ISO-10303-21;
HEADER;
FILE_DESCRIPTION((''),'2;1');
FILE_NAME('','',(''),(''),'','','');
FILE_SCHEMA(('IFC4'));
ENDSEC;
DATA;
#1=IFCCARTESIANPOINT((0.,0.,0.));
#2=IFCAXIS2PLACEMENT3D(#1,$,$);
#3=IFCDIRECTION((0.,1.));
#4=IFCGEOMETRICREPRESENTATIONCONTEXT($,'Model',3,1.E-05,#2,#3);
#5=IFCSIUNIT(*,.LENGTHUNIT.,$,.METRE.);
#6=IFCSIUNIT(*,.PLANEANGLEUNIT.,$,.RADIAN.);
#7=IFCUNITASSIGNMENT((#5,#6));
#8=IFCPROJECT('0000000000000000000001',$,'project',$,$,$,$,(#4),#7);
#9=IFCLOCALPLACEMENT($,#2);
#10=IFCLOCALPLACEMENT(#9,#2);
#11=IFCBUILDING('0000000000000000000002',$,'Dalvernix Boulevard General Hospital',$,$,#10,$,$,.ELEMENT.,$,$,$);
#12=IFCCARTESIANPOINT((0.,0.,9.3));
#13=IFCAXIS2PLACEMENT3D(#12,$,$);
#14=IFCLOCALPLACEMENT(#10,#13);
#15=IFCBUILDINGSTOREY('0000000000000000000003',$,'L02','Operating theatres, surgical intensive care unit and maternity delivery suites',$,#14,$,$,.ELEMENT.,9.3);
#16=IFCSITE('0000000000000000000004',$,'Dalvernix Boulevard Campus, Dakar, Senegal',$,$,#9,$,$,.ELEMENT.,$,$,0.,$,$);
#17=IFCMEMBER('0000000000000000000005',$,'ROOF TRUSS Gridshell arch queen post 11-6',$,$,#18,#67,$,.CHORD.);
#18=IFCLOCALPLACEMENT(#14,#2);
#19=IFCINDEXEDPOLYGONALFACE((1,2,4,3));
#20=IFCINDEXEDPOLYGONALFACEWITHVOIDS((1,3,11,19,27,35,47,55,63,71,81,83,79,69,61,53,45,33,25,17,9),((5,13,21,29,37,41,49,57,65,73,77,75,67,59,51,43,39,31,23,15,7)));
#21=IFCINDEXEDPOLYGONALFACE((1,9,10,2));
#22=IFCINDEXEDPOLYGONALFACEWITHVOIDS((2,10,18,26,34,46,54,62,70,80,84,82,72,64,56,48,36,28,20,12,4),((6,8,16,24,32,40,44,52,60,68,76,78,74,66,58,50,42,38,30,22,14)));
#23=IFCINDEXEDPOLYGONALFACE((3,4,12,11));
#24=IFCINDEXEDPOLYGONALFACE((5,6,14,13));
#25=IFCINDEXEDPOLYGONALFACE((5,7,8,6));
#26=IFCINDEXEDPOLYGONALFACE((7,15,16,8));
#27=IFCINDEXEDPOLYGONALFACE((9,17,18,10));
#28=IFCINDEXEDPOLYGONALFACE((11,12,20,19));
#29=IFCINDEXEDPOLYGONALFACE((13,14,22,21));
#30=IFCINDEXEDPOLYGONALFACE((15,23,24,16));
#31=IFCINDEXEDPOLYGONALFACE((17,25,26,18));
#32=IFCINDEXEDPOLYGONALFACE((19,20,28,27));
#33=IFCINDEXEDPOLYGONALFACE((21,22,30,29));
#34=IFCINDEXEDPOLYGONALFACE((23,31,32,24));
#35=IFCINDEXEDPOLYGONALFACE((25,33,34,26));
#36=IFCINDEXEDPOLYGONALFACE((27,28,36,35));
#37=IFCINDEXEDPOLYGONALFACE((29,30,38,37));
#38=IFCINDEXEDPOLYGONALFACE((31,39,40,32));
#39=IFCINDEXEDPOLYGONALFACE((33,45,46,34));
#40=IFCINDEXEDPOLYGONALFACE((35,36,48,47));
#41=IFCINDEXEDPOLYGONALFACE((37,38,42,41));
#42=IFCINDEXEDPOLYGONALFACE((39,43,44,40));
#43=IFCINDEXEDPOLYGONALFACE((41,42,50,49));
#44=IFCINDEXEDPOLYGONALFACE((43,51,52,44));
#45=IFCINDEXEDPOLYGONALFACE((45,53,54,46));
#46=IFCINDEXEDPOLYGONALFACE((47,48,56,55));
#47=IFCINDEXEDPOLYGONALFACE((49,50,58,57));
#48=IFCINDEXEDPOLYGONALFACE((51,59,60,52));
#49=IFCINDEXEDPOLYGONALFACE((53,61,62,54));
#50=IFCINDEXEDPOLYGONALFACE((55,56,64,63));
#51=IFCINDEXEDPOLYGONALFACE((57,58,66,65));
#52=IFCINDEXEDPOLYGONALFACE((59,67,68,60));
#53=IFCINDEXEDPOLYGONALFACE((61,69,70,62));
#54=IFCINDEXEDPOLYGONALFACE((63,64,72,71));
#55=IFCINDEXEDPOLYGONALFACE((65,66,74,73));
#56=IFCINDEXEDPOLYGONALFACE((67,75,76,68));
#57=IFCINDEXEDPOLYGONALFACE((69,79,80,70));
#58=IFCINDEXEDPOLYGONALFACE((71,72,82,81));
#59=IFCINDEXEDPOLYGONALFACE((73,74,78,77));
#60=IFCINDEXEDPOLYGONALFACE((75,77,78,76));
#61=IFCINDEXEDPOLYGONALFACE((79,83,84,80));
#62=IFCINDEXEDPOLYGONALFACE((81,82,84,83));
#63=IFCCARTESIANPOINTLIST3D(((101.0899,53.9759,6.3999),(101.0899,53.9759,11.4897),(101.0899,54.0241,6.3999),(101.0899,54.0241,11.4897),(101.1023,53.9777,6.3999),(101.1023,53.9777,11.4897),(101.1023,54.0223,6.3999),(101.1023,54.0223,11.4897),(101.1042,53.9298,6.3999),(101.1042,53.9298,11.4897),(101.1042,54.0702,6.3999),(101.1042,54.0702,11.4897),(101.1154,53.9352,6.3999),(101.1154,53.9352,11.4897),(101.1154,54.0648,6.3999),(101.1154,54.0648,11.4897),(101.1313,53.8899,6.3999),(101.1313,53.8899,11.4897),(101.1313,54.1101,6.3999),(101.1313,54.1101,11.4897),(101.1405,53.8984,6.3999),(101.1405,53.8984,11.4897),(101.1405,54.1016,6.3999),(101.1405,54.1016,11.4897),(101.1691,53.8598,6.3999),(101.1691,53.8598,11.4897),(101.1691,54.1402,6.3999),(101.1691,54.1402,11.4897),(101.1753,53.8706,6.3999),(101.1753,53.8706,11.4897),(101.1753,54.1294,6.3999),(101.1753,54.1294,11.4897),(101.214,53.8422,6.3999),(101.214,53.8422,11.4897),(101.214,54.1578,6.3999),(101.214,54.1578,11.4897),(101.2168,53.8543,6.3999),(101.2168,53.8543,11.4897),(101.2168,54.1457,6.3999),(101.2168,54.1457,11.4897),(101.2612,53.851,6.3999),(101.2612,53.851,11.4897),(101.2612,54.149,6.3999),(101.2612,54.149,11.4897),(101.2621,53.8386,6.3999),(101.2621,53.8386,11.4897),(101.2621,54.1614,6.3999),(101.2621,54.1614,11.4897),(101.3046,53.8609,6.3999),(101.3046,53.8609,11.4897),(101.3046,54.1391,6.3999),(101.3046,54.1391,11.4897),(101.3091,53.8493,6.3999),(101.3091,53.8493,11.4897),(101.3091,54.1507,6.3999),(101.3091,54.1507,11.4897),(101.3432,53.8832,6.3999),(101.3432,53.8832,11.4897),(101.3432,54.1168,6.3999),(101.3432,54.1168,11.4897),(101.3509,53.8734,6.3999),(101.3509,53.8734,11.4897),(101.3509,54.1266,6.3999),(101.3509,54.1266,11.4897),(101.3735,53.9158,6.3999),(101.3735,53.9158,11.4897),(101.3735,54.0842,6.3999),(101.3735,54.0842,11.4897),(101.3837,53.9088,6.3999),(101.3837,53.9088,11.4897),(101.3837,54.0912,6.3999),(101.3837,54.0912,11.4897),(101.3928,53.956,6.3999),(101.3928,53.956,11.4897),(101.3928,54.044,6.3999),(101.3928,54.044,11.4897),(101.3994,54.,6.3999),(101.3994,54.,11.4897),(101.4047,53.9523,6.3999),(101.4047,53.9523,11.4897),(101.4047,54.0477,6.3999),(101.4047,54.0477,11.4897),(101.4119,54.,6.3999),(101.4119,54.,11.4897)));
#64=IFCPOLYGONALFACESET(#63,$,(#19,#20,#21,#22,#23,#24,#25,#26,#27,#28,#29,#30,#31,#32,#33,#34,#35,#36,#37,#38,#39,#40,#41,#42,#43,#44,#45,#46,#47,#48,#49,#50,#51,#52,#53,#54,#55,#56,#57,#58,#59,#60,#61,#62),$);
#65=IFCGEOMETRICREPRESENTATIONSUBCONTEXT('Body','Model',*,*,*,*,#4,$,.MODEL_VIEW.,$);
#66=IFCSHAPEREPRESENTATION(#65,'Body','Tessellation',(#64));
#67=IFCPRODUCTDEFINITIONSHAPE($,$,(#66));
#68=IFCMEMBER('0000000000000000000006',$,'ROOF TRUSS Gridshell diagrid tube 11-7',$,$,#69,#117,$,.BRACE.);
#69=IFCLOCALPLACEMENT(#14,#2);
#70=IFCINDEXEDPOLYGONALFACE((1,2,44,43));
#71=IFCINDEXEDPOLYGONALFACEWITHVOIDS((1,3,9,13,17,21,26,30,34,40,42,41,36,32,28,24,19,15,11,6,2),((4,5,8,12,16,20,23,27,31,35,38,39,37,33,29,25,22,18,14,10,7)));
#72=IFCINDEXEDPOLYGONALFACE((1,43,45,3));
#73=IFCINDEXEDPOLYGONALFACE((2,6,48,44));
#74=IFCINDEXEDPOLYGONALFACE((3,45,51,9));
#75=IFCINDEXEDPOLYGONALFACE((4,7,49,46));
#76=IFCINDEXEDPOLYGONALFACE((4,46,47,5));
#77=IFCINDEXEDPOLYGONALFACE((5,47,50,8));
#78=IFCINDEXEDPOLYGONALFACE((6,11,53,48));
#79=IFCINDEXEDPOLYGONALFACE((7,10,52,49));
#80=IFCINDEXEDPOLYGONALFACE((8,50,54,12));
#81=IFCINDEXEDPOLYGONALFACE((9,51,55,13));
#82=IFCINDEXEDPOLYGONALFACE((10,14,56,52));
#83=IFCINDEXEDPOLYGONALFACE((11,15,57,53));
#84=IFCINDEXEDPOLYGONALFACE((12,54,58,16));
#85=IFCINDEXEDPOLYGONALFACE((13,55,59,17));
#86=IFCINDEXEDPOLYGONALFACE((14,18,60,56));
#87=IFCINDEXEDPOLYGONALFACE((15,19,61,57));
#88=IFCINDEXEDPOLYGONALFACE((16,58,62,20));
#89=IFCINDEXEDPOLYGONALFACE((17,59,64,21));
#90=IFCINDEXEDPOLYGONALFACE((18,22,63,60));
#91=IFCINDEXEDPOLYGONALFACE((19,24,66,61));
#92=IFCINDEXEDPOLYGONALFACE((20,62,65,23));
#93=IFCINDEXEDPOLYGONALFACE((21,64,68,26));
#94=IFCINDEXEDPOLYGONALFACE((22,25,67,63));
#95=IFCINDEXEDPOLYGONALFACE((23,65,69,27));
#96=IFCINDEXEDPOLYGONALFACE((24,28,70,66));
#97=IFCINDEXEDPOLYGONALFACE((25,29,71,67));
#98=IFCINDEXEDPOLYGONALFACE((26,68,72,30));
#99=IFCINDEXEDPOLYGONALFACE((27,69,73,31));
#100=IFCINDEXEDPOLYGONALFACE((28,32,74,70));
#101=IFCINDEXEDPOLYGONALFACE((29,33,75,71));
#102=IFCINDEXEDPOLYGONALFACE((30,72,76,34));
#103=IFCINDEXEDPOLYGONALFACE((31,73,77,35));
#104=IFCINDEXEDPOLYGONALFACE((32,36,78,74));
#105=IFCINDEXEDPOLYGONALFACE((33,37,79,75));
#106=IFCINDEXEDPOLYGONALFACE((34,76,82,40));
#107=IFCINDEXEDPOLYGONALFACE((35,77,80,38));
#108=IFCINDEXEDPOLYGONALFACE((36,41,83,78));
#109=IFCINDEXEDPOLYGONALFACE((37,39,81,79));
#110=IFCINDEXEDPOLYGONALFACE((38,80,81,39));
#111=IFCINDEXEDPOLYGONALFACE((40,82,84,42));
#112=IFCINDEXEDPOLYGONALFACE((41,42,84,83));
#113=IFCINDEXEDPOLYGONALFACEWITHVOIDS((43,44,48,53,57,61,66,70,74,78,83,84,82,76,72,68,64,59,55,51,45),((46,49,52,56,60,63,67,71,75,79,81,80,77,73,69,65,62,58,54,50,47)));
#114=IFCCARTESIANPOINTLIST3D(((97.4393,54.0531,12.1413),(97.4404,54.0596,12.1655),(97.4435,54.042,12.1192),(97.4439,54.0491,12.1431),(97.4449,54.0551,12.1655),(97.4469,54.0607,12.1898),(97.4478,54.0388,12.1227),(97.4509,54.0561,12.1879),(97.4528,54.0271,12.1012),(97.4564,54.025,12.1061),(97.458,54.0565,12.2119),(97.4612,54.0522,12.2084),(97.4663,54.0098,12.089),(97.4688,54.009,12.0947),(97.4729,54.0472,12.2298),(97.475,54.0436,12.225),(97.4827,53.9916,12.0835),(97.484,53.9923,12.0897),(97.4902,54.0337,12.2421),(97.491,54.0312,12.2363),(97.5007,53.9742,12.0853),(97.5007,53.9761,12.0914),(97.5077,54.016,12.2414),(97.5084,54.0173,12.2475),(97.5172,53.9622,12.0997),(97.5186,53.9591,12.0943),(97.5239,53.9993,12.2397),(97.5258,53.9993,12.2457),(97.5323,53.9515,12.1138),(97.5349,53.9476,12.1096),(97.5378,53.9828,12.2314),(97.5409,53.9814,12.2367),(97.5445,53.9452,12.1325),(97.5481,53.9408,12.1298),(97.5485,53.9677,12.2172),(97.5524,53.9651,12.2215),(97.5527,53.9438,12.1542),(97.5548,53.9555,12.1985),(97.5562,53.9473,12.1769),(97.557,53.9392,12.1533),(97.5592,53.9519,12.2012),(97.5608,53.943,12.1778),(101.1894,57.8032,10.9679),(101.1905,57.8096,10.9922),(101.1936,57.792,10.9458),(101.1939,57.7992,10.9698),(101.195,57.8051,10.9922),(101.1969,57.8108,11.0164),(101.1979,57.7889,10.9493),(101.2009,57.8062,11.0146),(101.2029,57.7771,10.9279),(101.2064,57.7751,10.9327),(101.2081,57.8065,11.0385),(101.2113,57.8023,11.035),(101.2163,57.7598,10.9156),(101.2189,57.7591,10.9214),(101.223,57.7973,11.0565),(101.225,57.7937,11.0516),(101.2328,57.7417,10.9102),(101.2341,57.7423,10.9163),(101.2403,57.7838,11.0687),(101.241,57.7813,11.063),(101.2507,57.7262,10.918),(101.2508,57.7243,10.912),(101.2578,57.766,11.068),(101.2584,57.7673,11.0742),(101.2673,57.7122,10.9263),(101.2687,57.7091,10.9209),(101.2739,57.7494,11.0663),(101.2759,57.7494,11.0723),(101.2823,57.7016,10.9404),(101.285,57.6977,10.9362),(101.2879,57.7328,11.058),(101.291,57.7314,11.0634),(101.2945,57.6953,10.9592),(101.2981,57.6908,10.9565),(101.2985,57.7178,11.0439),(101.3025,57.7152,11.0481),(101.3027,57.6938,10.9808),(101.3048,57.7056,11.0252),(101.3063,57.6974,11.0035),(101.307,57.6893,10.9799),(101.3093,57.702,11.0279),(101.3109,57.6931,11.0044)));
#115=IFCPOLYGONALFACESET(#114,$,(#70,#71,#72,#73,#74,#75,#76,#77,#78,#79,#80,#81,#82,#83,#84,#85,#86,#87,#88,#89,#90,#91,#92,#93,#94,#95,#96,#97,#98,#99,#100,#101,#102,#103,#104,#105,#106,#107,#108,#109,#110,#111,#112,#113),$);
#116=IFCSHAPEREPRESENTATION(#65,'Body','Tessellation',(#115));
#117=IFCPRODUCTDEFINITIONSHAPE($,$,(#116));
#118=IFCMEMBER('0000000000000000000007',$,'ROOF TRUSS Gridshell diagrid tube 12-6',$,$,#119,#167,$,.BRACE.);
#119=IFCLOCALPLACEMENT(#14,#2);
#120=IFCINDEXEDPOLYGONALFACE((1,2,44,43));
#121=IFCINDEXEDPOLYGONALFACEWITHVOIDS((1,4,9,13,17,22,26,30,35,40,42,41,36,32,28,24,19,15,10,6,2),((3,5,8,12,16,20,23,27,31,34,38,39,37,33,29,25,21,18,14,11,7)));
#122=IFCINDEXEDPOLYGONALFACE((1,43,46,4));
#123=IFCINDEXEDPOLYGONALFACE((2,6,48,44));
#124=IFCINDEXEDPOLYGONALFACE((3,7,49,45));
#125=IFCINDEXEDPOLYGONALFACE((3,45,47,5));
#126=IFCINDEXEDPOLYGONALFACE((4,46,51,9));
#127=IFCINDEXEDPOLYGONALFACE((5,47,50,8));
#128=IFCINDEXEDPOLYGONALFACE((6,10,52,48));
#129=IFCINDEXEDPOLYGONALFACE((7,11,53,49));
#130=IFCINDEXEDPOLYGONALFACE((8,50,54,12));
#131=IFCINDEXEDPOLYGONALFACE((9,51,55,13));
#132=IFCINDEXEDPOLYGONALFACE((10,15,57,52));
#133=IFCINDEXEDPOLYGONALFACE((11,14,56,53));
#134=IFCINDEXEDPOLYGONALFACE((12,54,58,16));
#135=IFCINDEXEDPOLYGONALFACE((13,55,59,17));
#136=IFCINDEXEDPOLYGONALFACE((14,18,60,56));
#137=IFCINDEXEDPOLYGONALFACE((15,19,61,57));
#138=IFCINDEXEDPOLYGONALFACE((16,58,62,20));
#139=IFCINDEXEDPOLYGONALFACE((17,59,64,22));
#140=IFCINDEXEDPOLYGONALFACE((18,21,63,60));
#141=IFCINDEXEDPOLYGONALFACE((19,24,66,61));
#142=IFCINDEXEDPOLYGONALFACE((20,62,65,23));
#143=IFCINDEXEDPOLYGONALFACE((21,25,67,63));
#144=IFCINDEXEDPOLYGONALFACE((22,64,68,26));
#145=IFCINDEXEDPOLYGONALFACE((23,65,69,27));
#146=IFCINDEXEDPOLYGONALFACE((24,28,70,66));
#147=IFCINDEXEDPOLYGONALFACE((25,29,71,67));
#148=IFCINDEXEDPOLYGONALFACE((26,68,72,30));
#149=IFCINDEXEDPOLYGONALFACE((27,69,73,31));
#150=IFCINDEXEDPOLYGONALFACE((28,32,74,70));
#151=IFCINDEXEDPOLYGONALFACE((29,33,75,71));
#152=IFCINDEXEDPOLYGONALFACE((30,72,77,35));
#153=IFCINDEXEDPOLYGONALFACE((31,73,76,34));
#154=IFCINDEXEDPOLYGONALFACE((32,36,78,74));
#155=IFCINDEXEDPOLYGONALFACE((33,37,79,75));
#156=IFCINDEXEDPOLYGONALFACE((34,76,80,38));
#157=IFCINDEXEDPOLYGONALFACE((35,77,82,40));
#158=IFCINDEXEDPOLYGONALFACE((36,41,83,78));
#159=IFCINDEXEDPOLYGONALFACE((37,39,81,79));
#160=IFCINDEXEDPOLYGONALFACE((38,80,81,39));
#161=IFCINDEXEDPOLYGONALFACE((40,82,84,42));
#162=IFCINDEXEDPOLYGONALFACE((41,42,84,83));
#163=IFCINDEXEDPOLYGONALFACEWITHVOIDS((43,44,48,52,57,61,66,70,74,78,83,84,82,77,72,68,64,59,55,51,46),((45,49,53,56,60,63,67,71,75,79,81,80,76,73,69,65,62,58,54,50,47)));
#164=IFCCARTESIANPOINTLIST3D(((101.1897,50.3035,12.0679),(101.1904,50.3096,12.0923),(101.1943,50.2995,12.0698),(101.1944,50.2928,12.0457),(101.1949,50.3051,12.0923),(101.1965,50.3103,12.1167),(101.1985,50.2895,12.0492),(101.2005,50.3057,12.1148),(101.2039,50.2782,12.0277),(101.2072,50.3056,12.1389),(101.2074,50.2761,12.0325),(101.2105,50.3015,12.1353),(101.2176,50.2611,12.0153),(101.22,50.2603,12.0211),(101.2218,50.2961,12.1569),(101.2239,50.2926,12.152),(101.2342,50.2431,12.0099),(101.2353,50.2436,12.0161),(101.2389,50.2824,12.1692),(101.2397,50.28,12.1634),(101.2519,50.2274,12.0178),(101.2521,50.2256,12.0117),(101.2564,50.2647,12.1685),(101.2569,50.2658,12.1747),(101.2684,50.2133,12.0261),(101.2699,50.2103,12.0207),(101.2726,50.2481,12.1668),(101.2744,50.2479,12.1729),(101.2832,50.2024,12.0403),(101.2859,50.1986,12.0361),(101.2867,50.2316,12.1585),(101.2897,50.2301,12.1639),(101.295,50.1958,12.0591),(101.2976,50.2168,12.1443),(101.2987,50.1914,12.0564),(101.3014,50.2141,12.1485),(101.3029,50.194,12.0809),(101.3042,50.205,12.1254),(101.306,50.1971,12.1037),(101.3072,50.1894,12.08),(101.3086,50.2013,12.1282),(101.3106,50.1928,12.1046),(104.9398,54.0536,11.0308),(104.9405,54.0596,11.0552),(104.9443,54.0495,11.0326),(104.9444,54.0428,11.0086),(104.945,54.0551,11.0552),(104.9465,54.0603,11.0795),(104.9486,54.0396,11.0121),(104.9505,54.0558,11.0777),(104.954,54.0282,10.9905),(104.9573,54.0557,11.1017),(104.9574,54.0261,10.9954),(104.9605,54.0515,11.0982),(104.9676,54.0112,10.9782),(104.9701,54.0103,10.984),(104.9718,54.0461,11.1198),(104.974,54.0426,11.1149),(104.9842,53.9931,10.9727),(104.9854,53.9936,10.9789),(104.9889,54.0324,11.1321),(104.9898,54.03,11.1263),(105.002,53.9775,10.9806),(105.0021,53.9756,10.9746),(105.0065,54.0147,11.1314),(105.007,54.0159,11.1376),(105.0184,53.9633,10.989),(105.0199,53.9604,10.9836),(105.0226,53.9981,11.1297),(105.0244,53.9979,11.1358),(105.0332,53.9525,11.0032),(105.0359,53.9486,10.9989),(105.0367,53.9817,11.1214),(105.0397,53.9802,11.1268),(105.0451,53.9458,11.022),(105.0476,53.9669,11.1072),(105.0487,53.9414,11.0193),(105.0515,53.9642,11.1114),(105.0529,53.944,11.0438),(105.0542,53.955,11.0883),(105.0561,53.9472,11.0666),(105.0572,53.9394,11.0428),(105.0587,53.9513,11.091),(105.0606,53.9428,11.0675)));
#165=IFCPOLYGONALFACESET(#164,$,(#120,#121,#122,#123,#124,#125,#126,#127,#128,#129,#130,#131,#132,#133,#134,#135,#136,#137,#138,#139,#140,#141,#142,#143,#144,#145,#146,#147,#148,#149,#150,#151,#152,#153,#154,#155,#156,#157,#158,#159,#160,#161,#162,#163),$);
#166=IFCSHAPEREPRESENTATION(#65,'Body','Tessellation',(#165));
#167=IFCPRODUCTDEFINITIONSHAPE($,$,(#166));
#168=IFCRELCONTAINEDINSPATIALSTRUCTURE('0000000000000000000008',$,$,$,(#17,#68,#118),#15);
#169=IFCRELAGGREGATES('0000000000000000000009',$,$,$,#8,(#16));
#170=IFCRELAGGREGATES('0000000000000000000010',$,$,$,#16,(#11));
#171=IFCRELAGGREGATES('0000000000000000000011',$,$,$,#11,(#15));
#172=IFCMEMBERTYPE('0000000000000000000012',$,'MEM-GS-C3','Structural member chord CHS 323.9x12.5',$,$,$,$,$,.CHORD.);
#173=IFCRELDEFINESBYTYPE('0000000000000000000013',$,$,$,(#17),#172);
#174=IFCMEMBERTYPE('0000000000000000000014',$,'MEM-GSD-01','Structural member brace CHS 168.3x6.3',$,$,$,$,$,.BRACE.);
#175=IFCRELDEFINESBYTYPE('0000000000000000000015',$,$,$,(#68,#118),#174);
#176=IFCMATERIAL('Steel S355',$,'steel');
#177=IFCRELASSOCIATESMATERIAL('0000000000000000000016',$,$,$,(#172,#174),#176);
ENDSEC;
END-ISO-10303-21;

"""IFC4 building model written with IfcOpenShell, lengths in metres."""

from ifc_helpers import new_model, si_unit, direction, frame, origin, origin_2d, place, context, subcontext, project, spatial, hollow_circle, extrude, material, material_profile, profile_set, type_object, element, save


model = new_model("IFC4")

# Units and contexts
model_context = context("Model", 3, precision=1e-05, world=origin(), true_north=direction((0.0, 1.0)))
body_context = subcontext(model_context, "Body", "Model", "MODEL_VIEW")
ifc_project = project(units=[si_unit("LENGTHUNIT", "METRE"), si_unit("PLANEANGLEUNIT", "RADIAN")], contexts=[model_context])

# Site, building, storey
site_placement = place(None, origin())
site = spatial("IfcSite", under=ifc_project, at=site_placement, Name="Dalvernix Boulevard Campus, Dakar, Senegal", CompositionType="ELEMENT", RefElevation=0.0)
building_placement = place(site_placement, origin())
building = spatial("IfcBuilding", under=site, at=building_placement, Name="Dalvernix Boulevard General Hospital", CompositionType="ELEMENT")
storey_placement = place(building_placement, frame((0.0, 0.0, 9.3)))
storey = spatial("IfcBuildingStorey", under=building, at=storey_placement, Name="L02", Description="Operating theatres, surgical intensive care unit and maternity delivery suites", CompositionType="ELEMENT", Elevation=9.3)

# Shared definitions
ifc_material_1 = material(Name="Steel S355", Category="steel")

# Members
ifc_material_profile_1 = material_profile(ifc_material_1, hollow_circle(Radius=0.1619, WallThickness=0.0125, at=origin_2d()), Name="CHS 323.9x12.5")
ifc_profile_set_1 = profile_set([ifc_material_profile_1], Name="Steel S355")
member_type_1 = type_object("IfcMemberType", Name="MEM-GS-C3", Description="Structural member chord CHS 323.9x12.5", PredefinedType="CHORD", material=ifc_profile_set_1)
member_1_placement = place(storey_placement, frame((101.25, 54.0, 6.3999), z_axis=(0.0, 0.0, 1.0), x_axis=(1.0, 0.0, 0.0)))
element("IfcMember", 1, at=member_1_placement, inside=storey, type_object=member_type_1, Name="ROOF TRUSS Gridshell arch queen post 11-6", PredefinedType="CHORD", context=body_context, shape_type="SweptSolid", body=[
    extrude(hollow_circle(Radius=0.1619, WallThickness=0.0125, at=origin_2d()), origin(), (0.0, 0.0, 1.0), 5.0898),
])
ifc_material_profile_2 = material_profile(ifc_material_1, hollow_circle(Radius=0.0842, WallThickness=0.0063, at=origin_2d()), Name="CHS 168.3x6.3")
ifc_profile_set_2 = profile_set([ifc_material_profile_2], Name="Steel S355")
member_type_2 = type_object("IfcMemberType", Name="MEM-GSD-01", Description="Structural member brace CHS 168.3x6.3", PredefinedType="BRACE", material=ifc_profile_set_2)
member_2_placement = place(storey_placement, frame((97.5, 54.0, 12.1655), z_axis=(0.690411, 0.690411, -0.216023), x_axis=(-0.707107, 0.707107, 0.0)))
element("IfcMember", 2, at=member_2_placement, inside=storey, type_object=member_type_2, Name="ROOF TRUSS Gridshell diagrid tube 11-7", PredefinedType="BRACE", context=body_context, shape_type="SweptSolid", body=[
    extrude(hollow_circle(Radius=0.0842, WallThickness=0.0063, at=origin_2d()), origin(), (0.0, 0.0, 1.0), 5.4316),
])
member_3_placement = place(storey_placement, frame((101.25, 50.25, 12.0923), z_axis=(0.693962, 0.693962, -0.191924), x_axis=(-0.707107, 0.707107, 0.0)))
element("IfcMember", 3, at=member_3_placement, inside=storey, type_object=member_type_2, Name="ROOF TRUSS Gridshell diagrid tube 12-6", PredefinedType="BRACE", context=body_context, shape_type="SweptSolid", body=[
    extrude(hollow_circle(Radius=0.0842, WallThickness=0.0063, at=origin_2d()), origin(), (0.0, 0.0, 1.0), 5.4038),
])

save(model, "model.ifc")
